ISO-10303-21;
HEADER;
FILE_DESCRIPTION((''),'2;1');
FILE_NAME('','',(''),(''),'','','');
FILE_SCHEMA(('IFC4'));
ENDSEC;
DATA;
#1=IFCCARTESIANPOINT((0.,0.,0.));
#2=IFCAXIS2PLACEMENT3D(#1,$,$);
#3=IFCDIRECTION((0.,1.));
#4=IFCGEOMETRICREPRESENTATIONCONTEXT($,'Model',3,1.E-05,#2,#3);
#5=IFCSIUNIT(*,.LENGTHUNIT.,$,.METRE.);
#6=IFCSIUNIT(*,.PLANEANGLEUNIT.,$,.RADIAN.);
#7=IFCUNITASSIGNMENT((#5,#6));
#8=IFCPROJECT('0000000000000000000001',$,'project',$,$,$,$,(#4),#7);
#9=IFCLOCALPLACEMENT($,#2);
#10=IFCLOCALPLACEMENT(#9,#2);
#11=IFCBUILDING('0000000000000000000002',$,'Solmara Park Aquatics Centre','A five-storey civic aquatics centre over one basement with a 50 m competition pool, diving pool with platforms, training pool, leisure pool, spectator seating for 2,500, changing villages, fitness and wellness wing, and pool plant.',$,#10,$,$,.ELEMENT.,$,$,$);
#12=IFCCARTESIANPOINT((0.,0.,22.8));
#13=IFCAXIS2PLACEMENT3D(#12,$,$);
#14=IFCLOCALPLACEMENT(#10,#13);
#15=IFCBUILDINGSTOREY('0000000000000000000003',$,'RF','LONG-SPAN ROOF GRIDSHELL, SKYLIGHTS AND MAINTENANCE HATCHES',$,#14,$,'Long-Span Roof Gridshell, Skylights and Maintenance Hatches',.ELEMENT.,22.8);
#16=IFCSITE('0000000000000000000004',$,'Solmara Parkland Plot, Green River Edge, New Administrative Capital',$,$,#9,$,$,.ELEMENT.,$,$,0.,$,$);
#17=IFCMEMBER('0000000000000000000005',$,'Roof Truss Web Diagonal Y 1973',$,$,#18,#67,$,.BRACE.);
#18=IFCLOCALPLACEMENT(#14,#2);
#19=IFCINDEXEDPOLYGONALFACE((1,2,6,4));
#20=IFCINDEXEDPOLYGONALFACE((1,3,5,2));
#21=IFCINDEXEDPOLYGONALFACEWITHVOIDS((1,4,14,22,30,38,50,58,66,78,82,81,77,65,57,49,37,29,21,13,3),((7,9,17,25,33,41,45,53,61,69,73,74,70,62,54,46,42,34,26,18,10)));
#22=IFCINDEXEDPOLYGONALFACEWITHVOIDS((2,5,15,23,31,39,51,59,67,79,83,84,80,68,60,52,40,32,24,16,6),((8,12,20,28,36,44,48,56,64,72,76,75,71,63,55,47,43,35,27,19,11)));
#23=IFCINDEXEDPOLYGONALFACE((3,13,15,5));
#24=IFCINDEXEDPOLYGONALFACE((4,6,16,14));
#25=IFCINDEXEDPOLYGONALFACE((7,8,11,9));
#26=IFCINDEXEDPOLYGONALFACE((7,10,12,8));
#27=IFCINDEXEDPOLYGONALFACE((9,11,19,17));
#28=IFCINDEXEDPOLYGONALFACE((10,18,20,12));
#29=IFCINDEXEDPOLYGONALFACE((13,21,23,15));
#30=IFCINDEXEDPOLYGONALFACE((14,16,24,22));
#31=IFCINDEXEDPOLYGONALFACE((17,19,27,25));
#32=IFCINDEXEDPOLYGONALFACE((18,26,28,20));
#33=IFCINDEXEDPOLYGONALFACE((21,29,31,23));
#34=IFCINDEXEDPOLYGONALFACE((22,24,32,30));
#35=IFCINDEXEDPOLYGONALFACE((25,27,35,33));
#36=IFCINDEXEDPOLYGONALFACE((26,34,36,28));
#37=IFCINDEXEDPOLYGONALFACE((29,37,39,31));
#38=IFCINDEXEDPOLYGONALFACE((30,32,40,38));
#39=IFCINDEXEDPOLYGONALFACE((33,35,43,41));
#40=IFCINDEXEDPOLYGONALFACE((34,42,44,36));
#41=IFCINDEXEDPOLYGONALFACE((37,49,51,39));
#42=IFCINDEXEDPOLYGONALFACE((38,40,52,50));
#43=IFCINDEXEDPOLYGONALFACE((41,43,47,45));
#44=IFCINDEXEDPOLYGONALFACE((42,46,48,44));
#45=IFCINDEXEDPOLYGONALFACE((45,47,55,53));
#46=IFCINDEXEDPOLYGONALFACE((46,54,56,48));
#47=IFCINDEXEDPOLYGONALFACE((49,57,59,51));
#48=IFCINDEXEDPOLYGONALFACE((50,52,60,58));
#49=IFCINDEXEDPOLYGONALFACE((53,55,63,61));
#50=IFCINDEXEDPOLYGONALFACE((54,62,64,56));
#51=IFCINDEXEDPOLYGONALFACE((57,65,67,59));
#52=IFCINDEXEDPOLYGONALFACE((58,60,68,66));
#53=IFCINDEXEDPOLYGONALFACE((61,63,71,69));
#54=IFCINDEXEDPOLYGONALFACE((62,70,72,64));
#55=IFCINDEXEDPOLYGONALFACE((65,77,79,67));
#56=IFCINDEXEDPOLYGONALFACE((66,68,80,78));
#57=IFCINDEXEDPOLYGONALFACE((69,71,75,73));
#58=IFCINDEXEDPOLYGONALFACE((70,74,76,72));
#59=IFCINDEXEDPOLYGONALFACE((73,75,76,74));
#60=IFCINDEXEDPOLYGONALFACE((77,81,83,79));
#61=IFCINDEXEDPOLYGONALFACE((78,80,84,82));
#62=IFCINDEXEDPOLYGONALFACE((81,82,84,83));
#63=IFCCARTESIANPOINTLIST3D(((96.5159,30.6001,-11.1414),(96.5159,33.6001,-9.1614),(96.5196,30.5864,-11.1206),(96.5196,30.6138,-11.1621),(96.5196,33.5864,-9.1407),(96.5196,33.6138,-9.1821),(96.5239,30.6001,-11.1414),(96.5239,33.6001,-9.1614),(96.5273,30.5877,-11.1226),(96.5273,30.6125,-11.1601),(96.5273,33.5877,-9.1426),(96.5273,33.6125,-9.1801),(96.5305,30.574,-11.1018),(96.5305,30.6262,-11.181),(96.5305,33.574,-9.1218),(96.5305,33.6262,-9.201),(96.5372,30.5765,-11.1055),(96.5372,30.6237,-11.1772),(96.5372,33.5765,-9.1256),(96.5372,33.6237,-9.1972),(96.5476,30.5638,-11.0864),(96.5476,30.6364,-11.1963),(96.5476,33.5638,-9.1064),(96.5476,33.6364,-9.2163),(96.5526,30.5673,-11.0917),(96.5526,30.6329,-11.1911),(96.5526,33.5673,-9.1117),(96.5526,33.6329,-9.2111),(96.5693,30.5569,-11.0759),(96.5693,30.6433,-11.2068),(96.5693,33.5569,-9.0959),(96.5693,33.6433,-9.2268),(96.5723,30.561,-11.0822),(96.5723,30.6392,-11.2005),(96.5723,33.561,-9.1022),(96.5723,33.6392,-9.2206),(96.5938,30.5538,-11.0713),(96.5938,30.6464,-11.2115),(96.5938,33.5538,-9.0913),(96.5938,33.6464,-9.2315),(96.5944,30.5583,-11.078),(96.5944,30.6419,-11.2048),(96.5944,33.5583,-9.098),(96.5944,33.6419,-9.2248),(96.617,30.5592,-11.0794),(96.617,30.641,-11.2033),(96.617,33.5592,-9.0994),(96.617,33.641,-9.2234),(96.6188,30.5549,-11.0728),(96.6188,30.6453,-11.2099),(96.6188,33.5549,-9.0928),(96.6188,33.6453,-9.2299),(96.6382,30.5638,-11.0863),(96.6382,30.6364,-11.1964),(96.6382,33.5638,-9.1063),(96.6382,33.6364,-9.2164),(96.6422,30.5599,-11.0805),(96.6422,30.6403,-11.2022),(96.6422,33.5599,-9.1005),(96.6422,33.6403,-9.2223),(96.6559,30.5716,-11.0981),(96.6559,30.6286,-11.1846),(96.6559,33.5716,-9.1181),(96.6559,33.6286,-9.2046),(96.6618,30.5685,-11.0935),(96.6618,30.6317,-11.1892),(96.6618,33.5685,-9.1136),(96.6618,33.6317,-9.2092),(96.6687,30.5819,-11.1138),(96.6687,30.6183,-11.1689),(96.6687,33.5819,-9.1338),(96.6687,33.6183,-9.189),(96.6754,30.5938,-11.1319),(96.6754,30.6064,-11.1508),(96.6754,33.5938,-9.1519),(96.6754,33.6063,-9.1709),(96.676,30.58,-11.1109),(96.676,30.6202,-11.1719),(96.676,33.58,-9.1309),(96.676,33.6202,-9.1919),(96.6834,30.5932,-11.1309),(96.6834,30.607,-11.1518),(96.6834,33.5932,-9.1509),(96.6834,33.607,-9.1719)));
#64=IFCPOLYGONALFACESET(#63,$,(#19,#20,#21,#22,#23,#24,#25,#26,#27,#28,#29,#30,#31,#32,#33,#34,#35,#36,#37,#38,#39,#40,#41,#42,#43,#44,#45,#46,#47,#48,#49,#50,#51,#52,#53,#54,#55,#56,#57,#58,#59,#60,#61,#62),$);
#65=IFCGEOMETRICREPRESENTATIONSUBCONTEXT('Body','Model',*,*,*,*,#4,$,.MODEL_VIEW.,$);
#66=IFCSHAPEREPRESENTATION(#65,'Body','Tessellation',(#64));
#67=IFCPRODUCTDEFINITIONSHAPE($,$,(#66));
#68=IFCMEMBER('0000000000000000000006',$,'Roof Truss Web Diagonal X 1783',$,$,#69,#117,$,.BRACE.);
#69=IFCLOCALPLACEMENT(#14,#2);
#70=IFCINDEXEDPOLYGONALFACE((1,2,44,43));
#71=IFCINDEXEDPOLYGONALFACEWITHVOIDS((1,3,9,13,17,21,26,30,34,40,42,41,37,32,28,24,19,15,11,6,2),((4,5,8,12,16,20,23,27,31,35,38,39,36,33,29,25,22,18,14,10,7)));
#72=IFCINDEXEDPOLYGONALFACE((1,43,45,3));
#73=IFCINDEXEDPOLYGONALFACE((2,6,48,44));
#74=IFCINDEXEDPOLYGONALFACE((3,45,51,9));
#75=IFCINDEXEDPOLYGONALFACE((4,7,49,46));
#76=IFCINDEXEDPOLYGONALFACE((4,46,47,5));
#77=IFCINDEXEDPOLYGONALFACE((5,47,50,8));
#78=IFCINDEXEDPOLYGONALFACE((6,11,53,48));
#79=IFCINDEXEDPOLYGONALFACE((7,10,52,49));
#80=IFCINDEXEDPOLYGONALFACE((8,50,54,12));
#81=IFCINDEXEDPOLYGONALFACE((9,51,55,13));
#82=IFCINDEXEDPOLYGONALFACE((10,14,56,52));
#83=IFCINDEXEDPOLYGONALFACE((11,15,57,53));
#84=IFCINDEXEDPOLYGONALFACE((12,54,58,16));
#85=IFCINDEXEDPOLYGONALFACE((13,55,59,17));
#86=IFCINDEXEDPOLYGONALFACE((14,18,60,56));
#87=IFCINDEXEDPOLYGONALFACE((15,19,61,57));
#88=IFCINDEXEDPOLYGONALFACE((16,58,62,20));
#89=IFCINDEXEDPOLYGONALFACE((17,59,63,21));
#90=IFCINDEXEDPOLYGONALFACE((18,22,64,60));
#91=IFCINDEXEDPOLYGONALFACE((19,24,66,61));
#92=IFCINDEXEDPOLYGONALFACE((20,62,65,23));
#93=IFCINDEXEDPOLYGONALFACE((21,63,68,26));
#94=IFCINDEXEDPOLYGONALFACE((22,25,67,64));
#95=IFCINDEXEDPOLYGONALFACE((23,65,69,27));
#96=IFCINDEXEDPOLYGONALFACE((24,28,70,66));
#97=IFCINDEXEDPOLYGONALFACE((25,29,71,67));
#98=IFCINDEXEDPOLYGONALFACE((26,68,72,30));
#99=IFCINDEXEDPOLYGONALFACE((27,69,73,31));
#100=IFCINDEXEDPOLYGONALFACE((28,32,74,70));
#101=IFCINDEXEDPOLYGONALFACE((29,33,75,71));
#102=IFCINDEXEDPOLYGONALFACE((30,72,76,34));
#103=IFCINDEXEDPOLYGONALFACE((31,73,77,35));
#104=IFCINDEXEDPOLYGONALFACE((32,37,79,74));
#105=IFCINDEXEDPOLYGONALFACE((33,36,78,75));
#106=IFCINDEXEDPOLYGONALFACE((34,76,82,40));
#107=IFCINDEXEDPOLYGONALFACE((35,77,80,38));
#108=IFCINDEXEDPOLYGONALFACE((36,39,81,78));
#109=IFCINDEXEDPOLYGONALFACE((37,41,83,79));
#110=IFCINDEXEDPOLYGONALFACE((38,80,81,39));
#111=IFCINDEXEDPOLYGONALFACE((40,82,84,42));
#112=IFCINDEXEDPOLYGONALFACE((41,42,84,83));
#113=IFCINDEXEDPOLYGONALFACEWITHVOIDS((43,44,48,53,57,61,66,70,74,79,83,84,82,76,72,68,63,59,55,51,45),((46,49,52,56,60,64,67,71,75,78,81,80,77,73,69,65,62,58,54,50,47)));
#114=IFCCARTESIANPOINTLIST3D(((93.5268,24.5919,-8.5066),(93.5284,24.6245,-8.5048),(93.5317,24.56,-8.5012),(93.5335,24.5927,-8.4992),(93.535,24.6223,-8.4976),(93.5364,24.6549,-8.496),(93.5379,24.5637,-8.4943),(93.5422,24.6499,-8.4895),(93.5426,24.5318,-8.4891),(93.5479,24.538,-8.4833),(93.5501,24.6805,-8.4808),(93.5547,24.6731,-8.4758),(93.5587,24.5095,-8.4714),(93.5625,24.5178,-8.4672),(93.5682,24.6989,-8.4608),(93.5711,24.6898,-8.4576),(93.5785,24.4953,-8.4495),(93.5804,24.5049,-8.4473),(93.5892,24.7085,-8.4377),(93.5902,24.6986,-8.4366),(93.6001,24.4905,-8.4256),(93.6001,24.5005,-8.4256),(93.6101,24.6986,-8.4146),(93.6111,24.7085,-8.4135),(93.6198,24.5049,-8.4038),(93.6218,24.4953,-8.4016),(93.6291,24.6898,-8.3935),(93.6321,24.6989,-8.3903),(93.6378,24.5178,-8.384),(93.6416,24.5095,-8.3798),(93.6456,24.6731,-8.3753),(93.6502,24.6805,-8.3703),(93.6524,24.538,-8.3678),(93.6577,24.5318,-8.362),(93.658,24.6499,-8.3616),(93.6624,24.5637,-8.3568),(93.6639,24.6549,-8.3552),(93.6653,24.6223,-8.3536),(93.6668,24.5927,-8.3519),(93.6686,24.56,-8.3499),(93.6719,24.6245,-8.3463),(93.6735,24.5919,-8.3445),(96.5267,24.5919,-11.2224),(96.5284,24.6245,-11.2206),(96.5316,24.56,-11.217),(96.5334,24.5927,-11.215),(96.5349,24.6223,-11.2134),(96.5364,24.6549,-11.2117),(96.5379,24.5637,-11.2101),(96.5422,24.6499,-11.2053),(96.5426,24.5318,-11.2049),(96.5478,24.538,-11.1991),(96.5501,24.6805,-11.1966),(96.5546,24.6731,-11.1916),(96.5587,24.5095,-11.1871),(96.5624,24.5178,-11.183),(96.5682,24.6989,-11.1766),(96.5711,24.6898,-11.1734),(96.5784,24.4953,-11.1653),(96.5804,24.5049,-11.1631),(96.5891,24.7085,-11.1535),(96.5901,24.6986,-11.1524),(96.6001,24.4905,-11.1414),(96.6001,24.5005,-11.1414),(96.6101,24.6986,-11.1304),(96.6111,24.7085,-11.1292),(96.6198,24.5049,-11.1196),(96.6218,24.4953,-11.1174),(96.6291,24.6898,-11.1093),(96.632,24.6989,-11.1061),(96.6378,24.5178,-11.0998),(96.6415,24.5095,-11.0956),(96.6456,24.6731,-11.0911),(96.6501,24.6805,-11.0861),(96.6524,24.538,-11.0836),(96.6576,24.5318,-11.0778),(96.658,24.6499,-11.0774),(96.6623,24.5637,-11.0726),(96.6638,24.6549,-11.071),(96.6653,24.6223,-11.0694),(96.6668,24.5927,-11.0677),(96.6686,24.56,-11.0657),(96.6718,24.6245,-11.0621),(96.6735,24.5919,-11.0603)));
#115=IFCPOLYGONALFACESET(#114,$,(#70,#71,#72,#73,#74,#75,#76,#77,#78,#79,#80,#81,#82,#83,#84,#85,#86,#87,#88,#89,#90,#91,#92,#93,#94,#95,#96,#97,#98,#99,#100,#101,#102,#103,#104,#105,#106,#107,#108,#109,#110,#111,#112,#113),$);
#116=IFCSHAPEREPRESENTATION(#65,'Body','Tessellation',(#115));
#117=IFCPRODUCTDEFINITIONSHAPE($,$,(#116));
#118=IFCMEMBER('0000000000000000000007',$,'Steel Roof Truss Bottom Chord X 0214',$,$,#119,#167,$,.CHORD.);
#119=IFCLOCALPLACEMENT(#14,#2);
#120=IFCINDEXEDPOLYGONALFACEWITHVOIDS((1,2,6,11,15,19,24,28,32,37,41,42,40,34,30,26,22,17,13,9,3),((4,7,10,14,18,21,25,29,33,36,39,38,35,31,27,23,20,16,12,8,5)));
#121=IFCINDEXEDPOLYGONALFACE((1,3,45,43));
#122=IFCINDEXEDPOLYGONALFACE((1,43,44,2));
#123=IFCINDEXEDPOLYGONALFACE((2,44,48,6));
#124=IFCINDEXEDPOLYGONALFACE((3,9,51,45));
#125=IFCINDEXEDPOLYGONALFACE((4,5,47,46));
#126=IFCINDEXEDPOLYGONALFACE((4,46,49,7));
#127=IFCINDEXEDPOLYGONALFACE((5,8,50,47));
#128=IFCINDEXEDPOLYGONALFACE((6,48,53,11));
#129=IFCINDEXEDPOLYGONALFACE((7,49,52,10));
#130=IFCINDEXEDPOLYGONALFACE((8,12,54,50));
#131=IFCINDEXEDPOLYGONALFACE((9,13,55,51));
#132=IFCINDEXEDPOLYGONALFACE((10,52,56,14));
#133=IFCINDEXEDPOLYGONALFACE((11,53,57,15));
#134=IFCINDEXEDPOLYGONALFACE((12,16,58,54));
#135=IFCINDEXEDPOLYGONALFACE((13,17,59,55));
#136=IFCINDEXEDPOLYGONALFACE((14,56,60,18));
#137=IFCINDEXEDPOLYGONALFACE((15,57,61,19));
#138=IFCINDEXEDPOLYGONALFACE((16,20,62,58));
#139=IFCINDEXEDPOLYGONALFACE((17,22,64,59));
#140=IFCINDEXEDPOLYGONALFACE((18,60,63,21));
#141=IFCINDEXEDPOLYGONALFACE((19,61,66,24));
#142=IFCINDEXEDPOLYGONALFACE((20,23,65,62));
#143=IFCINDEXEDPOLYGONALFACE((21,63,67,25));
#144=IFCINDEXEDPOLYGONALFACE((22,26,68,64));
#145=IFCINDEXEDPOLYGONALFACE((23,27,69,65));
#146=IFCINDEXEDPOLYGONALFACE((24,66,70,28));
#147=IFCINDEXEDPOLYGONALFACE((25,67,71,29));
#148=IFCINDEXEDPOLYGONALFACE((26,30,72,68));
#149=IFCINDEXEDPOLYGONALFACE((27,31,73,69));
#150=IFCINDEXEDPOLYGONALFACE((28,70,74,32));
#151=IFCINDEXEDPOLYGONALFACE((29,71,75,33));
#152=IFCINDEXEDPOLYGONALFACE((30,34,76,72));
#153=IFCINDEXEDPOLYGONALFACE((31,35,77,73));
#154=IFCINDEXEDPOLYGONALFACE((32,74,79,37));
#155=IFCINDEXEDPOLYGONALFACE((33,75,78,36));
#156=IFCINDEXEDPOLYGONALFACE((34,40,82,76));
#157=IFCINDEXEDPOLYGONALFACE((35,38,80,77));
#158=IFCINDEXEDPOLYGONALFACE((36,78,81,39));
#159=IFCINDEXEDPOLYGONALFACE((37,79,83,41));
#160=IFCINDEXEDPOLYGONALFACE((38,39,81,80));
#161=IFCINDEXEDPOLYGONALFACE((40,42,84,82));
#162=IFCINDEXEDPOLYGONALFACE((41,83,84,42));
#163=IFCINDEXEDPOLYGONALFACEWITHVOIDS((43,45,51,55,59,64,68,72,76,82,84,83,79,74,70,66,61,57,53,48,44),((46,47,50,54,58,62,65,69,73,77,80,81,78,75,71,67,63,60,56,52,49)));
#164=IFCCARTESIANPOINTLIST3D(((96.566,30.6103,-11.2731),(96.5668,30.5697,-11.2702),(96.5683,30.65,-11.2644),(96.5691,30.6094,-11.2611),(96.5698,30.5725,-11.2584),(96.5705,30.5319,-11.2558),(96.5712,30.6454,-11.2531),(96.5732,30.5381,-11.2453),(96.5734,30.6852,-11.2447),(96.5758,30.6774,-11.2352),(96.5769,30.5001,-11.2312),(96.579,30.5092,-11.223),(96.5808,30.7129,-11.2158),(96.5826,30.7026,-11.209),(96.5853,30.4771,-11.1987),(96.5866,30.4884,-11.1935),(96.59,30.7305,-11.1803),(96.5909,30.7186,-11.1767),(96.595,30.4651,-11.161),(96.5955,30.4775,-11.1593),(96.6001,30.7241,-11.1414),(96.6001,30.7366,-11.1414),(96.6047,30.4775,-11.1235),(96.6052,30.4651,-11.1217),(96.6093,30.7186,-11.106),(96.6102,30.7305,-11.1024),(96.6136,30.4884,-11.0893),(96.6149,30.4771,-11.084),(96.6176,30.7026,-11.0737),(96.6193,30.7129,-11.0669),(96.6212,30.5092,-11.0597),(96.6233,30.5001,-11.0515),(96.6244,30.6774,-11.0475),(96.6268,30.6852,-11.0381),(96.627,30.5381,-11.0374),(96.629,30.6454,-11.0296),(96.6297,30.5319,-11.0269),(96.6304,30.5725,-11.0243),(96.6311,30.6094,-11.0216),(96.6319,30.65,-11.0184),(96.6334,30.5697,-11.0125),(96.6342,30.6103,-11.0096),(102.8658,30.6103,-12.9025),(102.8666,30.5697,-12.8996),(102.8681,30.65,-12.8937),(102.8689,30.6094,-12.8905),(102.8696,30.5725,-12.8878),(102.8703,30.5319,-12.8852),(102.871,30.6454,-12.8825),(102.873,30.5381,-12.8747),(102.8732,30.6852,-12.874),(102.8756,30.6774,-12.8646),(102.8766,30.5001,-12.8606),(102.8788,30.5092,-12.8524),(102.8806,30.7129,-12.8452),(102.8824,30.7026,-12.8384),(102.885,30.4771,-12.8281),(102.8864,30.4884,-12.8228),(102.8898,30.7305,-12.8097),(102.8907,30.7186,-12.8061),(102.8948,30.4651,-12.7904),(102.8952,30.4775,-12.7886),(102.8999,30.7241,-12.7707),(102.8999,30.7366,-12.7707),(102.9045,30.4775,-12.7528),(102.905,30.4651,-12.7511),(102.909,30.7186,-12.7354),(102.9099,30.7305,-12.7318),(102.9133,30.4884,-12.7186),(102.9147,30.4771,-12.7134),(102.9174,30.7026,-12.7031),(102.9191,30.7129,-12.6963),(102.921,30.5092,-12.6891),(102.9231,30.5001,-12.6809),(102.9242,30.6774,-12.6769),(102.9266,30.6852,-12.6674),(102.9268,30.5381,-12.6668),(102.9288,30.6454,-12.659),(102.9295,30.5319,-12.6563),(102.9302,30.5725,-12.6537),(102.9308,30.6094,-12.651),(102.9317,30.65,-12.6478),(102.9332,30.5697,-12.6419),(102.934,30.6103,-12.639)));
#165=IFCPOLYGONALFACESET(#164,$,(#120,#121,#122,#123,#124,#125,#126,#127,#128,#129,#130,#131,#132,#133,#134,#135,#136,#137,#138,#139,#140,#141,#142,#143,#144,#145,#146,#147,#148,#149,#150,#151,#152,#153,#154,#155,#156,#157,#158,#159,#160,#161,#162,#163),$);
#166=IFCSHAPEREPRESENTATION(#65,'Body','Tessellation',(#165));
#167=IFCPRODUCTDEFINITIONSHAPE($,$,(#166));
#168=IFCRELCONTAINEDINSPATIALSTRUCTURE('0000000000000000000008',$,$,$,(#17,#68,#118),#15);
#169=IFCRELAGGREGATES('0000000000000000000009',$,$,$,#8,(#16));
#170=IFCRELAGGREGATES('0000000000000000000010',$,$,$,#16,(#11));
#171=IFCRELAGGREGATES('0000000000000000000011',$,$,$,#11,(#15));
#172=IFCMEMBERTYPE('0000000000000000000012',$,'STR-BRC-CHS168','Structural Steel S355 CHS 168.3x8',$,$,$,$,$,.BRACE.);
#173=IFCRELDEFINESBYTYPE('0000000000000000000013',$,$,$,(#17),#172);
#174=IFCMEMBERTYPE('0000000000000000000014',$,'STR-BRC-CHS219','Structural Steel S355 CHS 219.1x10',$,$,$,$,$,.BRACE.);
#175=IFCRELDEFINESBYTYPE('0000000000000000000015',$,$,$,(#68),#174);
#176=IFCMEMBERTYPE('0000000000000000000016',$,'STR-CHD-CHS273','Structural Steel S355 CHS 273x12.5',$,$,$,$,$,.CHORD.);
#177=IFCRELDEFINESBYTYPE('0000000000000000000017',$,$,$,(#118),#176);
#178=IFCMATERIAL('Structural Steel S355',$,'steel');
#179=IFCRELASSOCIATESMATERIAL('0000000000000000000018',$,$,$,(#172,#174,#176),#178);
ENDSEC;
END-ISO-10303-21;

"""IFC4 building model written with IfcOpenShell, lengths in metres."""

from ifc_helpers import new_model, si_unit, direction, frame, origin, origin_2d, place, context, subcontext, project, spatial, hollow_circle, extrude, material, material_profile, profile_set, type_object, element, save


model = new_model("IFC4")

# Units and contexts
model_context = context("Model", 3, precision=1e-05, world=origin(), true_north=direction((0.0, 1.0)))
body_context = subcontext(model_context, "Body", "Model", "MODEL_VIEW")
ifc_project = project(units=[si_unit("LENGTHUNIT", "METRE"), si_unit("PLANEANGLEUNIT", "RADIAN")], contexts=[model_context])

# Site, building, storey
site_placement = place(None, origin())
site = spatial("IfcSite", under=ifc_project, at=site_placement, Name="Solmara Parkland Plot, Green River Edge, New Administrative Capital", CompositionType="ELEMENT", RefElevation=0.0)
building_placement = place(site_placement, origin())
building = spatial("IfcBuilding", under=site, at=building_placement, Name="Solmara Park Aquatics Centre", Description="A five-storey civic aquatics centre over one basement with a 50 m competition pool, diving pool with platforms, training pool, leisure pool, spectator seating for 2,500, changing villages, fitness and wellness wing, and pool plant.", CompositionType="ELEMENT")
storey_placement = place(building_placement, frame((0.0, 0.0, 22.8)))
storey = spatial("IfcBuildingStorey", under=building, at=storey_placement, Name="RF", Description="LONG-SPAN ROOF GRIDSHELL, SKYLIGHTS AND MAINTENANCE HATCHES", LongName="Long-Span Roof Gridshell, Skylights and Maintenance Hatches", CompositionType="ELEMENT", Elevation=22.8)

# Members
ifc_material_1 = material(Name="Structural Steel S355", Category="steel")
ifc_material_profile_1 = material_profile(ifc_material_1, hollow_circle(Radius=0.0842, WallThickness=0.0081, at=origin_2d()), Name="CHS 168.3x8")
ifc_profile_set_1 = profile_set([ifc_material_profile_1], Name="Structural Steel S355")
member_type_1 = type_object("IfcMemberType", Name="STR-BRC-CHS168", Description="Structural Steel S355 CHS 168.3x8", PredefinedType="BRACE", material=ifc_profile_set_1)
for number, where, z_axis, x_axis, name in (
    (1, (96.6001, 30.6001, -11.1414), (0.0, 0.834612, 0.550838), (-1.0, 0.0, 0.0), "Roof Truss Web Diagonal Y 1973"),
):
    element("IfcMember", number, at=place(storey_placement, frame(where, z_axis=z_axis, x_axis=x_axis)), inside=storey, type_object=member_type_1, Name=name, PredefinedType="BRACE", context=body_context, shape_type="SweptSolid", body=[
        extrude(hollow_circle(Radius=0.0842, WallThickness=0.0081, at=origin_2d()), origin(), (0.0, 0.0, 1.0), 3.5945),
    ])
ifc_material_profile_2 = material_profile(ifc_material_1, hollow_circle(Radius=0.1096, WallThickness=0.01, at=origin_2d()), Name="CHS 219.1x10")
ifc_profile_set_2 = profile_set([ifc_material_profile_2], Name="Structural Steel S355")
member_type_2 = type_object("IfcMemberType", Name="STR-BRC-CHS219", Description="Structural Steel S355 CHS 219.1x10", PredefinedType="BRACE", material=ifc_profile_set_2)
member_1_placement = place(storey_placement, frame((96.6001, 24.6001, -11.1414), z_axis=(-0.741347, 0.0, 0.671122), x_axis=(0.0, -1.0, 0.0)))
element("IfcMember", 2, at=member_1_placement, inside=storey, type_object=member_type_2, Name="Roof Truss Web Diagonal X 1783", PredefinedType="BRACE", context=body_context, shape_type="SweptSolid", body=[
    extrude(hollow_circle(Radius=0.1096, WallThickness=0.01, at=origin_2d()), origin(), (0.0, 0.0, 1.0), 4.0466),
])
ifc_material_profile_3 = material_profile(ifc_material_1, hollow_circle(Radius=0.1365, WallThickness=0.0125, at=origin_2d()), Name="CHS 273x12.5")
ifc_profile_set_3 = profile_set([ifc_material_profile_3], Name="Structural Steel S355")
member_type_3 = type_object("IfcMemberType", Name="STR-CHD-CHS273", Description="Structural Steel S355 CHS 273x12.5", PredefinedType="CHORD", material=ifc_profile_set_3)
member_2_placement = place(storey_placement, frame((96.6001, 30.6001, -11.1414), z_axis=(0.968142, 0.0, -0.250402), x_axis=(0.0, 1.0, 0.0)))
element("IfcMember", 3, at=member_2_placement, inside=storey, type_object=member_type_3, Name="Steel Roof Truss Bottom Chord X 0214", PredefinedType="CHORD", context=body_context, shape_type="SweptSolid", body=[
    extrude(hollow_circle(Radius=0.1365, WallThickness=0.0125, at=origin_2d()), origin(), (0.0, 0.0, 1.0), 6.5071),
])

save(model, "model.ifc")
